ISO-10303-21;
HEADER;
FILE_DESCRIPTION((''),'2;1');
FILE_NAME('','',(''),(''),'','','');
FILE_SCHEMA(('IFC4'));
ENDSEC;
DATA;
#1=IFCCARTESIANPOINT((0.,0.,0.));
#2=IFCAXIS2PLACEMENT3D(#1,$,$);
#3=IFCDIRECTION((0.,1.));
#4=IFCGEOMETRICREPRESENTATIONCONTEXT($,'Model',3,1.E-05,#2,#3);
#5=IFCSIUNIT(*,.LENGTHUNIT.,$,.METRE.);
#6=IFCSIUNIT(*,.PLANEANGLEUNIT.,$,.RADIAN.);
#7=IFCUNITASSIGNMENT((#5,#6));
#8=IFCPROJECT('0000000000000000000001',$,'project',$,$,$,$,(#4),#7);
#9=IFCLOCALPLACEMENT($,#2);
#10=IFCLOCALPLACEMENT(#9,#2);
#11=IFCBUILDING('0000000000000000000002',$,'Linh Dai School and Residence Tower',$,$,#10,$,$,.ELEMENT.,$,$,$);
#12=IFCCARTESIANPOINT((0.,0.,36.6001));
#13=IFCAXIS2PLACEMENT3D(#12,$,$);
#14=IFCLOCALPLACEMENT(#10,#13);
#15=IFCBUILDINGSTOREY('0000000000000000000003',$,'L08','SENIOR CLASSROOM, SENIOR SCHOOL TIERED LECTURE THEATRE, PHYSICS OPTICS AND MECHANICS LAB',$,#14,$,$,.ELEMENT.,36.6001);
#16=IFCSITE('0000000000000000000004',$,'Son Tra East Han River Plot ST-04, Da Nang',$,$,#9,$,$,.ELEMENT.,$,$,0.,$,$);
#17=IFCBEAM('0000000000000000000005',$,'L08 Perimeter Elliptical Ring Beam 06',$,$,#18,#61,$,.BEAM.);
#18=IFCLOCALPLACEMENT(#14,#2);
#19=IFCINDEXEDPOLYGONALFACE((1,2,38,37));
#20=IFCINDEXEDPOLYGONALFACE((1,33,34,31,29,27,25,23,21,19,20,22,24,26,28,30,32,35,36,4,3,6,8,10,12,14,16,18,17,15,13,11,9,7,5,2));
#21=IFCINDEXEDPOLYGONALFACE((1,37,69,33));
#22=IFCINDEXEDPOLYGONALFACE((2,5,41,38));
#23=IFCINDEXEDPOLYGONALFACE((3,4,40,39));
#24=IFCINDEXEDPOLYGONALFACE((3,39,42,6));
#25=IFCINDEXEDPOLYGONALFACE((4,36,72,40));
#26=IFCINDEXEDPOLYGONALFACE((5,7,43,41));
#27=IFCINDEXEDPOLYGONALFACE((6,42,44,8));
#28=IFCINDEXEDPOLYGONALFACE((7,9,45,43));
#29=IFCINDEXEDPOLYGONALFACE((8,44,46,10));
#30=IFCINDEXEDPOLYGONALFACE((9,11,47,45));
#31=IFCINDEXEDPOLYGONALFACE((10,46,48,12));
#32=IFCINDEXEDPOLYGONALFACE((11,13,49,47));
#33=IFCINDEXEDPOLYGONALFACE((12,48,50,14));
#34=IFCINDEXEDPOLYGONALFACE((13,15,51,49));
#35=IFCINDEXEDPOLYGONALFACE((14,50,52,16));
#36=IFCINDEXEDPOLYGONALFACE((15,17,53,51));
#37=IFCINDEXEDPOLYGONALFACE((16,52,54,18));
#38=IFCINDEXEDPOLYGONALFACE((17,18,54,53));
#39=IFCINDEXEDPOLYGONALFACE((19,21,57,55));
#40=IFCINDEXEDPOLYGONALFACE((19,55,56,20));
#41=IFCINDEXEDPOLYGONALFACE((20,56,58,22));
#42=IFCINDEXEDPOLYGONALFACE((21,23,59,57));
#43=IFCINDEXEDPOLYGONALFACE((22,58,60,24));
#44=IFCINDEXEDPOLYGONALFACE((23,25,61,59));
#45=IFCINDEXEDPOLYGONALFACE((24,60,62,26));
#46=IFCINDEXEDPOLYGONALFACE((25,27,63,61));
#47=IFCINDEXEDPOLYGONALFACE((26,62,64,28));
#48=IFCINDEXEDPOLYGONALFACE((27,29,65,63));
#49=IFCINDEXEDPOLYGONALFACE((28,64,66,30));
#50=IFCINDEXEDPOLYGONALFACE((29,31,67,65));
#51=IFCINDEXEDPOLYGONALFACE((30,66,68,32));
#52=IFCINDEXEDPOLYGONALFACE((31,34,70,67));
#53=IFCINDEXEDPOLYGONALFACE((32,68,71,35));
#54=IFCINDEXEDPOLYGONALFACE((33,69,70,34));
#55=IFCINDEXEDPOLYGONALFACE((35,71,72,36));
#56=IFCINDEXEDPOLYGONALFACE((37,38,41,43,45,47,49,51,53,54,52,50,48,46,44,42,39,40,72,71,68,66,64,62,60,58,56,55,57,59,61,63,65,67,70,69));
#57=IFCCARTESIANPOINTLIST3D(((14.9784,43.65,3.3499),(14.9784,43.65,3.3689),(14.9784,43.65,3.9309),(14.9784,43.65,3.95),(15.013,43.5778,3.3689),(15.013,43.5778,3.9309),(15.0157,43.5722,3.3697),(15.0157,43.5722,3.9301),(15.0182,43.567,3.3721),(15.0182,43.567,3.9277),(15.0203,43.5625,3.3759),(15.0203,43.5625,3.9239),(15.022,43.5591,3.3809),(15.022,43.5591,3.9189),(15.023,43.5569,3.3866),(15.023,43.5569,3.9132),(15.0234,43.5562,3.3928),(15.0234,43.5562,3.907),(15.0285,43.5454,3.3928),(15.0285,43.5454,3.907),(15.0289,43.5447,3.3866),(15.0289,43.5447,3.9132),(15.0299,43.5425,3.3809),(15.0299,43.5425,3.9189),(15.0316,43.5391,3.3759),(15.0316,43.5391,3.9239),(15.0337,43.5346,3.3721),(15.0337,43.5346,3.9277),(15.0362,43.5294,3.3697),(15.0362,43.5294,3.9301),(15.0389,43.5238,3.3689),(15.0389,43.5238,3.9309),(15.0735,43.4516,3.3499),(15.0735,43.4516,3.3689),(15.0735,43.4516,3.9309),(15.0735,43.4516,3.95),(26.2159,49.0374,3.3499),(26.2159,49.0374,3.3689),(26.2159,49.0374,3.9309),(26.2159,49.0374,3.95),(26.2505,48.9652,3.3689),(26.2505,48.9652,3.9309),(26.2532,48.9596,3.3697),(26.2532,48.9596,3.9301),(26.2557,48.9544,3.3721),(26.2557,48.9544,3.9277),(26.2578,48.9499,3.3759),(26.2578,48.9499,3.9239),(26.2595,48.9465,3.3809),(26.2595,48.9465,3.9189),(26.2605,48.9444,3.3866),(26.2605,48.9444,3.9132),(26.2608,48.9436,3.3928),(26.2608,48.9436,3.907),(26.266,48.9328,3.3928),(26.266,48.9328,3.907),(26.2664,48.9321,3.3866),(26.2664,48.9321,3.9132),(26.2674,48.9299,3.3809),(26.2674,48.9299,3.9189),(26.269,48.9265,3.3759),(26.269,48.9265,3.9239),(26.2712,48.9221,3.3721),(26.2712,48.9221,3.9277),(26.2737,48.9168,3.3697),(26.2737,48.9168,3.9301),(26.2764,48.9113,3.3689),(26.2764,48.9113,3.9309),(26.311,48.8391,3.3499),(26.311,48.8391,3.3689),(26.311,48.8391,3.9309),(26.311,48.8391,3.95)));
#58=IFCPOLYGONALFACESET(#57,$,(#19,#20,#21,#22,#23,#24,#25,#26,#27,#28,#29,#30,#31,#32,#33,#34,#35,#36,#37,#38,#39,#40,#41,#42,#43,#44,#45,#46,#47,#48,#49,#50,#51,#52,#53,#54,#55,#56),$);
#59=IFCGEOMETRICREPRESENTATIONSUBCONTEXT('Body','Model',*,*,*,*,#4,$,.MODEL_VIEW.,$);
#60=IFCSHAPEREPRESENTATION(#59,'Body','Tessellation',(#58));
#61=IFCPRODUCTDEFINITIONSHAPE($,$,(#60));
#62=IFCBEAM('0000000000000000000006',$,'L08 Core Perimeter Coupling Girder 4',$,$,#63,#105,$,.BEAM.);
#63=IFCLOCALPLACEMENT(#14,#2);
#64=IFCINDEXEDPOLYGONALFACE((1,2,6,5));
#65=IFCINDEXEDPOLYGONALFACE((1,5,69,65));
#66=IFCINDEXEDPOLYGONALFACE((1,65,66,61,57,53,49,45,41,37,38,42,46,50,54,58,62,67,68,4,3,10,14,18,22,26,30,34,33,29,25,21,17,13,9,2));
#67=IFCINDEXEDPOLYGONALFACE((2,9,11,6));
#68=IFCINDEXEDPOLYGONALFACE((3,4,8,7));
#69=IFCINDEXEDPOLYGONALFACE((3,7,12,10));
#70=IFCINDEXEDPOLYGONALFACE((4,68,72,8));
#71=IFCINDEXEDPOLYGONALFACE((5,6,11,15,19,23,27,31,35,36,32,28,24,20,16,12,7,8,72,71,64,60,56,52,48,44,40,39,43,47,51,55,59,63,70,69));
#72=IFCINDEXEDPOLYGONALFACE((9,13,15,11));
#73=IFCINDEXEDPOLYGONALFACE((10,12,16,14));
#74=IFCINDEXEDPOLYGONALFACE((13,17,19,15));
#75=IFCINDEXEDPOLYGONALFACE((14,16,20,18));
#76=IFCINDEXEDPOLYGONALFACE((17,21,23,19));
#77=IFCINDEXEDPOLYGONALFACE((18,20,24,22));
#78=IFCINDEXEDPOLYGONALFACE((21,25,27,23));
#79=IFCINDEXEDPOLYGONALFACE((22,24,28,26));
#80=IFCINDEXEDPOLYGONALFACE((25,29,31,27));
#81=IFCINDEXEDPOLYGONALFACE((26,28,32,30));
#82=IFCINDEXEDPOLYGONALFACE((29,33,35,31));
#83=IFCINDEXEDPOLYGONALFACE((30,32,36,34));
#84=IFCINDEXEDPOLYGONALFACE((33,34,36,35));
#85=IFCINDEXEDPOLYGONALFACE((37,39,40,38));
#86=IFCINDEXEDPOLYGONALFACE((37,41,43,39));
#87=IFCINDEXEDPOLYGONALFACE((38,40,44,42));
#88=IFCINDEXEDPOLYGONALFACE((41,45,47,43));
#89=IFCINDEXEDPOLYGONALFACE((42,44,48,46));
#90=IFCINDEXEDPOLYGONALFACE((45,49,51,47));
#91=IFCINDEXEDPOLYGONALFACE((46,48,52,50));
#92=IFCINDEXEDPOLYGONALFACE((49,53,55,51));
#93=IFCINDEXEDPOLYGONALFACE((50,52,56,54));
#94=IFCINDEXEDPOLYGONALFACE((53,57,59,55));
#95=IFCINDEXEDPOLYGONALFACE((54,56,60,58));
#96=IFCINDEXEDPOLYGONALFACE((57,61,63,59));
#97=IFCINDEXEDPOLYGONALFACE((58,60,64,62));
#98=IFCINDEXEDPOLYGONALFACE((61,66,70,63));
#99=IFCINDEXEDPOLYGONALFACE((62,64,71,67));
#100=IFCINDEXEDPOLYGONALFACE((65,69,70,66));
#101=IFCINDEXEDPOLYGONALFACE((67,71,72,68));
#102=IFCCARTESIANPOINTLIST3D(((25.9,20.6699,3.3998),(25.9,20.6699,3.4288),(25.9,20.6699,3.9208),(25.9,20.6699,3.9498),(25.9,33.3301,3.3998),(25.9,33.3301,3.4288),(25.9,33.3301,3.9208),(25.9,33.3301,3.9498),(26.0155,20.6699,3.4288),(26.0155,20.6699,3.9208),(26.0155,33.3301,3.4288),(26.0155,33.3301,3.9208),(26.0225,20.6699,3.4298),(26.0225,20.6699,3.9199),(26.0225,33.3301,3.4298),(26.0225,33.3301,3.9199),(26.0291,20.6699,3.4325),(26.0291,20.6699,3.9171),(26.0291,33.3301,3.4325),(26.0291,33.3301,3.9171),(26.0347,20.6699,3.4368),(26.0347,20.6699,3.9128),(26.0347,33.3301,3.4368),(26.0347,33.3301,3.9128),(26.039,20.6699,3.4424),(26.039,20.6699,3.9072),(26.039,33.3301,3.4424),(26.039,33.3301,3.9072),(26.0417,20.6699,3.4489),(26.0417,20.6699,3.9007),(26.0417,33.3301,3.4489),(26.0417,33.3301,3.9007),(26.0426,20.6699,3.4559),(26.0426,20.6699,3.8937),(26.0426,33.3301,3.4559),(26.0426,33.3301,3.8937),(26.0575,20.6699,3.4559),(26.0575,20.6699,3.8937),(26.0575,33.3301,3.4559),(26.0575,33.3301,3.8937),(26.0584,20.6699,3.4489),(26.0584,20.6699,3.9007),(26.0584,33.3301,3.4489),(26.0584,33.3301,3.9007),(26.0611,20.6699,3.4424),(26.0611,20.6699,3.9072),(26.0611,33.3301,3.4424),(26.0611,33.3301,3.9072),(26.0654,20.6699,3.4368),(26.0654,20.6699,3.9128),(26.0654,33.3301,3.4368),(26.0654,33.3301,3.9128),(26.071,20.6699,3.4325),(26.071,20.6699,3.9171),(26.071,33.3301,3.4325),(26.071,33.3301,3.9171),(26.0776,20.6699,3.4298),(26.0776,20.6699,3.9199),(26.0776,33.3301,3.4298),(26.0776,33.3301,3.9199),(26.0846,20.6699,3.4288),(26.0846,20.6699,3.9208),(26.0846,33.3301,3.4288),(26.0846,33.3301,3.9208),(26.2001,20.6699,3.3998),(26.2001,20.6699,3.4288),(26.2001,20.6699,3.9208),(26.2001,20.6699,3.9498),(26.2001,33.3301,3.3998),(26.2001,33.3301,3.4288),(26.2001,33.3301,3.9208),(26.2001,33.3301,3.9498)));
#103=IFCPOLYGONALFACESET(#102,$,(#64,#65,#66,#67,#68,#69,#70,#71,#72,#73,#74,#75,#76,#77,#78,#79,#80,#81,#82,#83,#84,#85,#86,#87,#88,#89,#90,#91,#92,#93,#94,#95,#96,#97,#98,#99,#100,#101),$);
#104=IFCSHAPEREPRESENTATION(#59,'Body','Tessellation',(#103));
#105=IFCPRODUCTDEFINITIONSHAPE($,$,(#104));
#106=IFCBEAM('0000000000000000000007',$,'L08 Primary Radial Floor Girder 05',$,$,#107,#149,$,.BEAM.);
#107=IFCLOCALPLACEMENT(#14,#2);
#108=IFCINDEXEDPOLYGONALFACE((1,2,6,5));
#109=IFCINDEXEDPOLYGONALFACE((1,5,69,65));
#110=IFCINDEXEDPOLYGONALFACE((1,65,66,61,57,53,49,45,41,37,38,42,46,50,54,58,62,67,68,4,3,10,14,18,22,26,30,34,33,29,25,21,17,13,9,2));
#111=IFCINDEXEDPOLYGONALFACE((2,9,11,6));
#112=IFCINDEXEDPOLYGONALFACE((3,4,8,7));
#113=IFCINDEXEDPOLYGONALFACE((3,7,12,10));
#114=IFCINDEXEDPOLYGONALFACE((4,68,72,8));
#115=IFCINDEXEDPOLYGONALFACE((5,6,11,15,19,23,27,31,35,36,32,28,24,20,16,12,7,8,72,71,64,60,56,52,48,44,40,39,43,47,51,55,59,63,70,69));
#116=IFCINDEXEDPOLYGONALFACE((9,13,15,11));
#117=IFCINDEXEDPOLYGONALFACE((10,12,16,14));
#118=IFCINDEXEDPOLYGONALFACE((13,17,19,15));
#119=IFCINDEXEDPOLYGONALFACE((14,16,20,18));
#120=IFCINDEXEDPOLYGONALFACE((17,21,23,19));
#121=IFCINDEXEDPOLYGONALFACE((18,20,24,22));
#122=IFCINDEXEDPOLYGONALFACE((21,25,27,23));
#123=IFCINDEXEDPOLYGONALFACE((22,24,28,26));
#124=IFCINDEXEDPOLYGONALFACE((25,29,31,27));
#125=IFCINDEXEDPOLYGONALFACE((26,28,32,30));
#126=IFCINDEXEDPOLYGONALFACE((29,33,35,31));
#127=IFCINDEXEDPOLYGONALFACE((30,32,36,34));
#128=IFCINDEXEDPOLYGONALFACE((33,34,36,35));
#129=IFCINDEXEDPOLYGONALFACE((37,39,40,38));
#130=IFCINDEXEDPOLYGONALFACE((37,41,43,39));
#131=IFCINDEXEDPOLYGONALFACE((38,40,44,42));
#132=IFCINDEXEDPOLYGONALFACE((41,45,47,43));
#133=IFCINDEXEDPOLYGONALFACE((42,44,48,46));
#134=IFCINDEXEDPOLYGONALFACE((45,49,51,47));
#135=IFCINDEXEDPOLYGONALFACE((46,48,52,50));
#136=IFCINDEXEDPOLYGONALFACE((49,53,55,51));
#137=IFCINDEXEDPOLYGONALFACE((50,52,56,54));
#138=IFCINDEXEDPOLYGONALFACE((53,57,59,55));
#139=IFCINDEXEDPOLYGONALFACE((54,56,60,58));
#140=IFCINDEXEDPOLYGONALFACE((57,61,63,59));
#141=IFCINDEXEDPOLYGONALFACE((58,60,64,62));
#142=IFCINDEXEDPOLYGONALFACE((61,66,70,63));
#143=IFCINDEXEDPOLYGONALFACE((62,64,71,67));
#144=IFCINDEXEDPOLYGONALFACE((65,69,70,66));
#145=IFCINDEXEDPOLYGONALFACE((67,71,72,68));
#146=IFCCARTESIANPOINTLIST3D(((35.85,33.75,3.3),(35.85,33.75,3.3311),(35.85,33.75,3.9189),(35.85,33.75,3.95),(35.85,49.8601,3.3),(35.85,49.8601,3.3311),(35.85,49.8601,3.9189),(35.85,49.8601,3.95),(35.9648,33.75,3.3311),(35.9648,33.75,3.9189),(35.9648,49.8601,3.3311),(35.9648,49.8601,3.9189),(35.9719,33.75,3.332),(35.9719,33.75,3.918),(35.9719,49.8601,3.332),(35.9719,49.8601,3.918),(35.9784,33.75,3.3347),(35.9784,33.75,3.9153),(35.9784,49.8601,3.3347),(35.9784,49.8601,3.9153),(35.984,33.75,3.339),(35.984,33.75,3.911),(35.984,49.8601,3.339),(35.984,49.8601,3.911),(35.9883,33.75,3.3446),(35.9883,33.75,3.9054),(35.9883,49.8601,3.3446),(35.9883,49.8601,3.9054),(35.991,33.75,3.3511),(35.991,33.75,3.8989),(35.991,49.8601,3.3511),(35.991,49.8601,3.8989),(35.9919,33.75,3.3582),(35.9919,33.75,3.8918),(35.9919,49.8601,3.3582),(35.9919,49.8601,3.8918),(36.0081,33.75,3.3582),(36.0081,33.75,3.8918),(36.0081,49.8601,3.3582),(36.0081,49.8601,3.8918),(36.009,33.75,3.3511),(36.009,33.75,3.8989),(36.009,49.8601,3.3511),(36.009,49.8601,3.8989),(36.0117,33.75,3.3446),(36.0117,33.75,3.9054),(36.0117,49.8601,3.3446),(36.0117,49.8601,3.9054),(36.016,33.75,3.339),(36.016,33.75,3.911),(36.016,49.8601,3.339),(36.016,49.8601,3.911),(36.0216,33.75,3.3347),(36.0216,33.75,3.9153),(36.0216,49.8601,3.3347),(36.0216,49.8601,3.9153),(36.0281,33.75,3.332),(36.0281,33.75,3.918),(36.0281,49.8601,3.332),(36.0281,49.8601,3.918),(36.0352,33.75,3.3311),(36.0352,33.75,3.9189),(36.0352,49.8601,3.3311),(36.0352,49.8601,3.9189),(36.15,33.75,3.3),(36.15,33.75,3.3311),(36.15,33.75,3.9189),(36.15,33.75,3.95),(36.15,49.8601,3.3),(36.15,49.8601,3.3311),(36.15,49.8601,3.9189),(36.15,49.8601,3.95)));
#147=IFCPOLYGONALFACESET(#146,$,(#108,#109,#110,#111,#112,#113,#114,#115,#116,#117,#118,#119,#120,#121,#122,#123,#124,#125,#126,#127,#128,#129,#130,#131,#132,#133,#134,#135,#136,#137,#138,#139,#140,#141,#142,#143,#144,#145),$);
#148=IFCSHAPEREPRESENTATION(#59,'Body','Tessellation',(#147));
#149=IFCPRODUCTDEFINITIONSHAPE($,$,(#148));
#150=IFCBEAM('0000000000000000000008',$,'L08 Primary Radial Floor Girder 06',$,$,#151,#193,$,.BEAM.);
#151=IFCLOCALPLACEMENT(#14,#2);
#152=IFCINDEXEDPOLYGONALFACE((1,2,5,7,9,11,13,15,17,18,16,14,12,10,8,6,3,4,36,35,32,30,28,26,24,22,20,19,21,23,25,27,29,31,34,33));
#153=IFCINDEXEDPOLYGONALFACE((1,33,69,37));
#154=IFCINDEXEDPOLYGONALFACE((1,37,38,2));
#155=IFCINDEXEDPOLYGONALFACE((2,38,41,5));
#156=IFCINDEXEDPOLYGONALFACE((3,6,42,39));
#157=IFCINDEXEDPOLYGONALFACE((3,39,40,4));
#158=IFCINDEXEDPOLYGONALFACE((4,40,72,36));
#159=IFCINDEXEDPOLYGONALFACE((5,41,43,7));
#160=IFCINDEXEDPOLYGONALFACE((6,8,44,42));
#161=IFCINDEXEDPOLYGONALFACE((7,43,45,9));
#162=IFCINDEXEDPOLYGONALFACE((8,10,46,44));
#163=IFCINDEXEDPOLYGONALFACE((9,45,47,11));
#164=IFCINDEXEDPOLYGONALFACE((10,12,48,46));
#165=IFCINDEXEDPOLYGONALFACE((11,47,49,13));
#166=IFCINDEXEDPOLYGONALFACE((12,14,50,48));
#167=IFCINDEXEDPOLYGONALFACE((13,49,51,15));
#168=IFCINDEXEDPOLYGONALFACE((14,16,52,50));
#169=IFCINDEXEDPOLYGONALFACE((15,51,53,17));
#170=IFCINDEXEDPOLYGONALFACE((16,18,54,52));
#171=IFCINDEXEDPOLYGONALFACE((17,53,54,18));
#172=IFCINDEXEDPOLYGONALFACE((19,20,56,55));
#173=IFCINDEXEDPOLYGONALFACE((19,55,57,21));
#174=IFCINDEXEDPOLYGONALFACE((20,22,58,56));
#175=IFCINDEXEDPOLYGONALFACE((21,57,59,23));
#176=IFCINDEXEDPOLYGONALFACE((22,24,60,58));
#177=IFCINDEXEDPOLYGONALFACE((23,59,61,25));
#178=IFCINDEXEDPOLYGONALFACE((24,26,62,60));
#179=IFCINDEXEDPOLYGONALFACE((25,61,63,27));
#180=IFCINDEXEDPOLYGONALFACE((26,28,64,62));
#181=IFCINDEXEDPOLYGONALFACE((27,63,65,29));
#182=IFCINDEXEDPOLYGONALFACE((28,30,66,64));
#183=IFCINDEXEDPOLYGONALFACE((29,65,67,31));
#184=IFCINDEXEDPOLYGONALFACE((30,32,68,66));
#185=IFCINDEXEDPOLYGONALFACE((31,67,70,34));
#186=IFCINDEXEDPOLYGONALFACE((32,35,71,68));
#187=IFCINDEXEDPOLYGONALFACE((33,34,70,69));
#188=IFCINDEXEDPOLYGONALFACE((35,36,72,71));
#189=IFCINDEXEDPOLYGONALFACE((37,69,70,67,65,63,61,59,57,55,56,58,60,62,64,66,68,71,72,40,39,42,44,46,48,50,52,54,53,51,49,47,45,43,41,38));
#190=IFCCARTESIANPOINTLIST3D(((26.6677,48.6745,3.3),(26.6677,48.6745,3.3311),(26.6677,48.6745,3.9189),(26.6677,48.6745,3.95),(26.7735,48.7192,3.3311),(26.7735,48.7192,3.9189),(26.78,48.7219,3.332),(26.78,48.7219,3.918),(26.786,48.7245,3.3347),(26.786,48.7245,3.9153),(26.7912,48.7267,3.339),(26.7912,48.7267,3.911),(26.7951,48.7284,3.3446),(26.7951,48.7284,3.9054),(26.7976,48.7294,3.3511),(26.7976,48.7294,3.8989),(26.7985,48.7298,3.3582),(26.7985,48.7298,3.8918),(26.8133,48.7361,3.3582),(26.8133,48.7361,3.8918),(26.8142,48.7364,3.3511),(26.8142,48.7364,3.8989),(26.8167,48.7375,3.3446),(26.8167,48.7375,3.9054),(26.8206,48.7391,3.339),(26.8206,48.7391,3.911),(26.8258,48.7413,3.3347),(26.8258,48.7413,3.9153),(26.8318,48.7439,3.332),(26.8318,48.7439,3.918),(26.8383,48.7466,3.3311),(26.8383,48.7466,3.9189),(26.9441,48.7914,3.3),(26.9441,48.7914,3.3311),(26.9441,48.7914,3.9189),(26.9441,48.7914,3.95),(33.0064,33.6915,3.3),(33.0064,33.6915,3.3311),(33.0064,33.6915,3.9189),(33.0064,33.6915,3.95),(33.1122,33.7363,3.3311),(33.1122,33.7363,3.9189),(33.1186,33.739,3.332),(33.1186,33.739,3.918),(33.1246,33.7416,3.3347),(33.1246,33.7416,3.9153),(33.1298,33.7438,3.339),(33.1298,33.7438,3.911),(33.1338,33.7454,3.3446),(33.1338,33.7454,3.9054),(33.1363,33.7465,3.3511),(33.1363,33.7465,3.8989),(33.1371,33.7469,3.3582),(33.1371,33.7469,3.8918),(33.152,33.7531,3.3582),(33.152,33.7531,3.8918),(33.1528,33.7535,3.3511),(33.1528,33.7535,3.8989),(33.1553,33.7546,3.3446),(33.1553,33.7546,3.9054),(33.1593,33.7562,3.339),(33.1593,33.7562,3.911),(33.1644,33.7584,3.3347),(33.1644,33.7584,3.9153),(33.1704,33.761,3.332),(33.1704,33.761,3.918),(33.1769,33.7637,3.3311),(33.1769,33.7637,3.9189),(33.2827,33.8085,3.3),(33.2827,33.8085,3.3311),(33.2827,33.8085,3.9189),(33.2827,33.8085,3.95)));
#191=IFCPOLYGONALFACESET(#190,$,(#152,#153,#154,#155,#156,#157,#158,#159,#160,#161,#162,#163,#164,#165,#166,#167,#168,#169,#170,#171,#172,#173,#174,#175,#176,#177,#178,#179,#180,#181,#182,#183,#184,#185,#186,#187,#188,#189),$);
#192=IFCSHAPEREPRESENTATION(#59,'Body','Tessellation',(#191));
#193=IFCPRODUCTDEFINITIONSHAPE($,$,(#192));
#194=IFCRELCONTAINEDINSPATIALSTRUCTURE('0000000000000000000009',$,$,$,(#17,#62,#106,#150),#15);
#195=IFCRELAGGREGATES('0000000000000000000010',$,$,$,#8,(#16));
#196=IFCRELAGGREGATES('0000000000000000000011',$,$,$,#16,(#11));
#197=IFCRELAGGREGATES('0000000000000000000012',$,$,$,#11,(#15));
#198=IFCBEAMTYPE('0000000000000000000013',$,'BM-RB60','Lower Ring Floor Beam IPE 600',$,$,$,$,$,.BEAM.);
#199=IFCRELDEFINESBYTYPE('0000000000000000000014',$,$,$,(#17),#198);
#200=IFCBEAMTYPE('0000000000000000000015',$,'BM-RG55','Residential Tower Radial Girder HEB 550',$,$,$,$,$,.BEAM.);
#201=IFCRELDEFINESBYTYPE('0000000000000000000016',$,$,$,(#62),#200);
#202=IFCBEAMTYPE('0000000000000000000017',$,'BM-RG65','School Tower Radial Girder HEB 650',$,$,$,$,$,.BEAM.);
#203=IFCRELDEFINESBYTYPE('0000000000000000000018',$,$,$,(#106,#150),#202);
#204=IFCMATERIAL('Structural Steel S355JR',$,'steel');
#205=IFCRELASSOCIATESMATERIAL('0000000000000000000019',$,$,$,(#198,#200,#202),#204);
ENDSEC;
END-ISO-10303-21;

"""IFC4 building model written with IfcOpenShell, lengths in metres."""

from ifc_helpers import new_model, si_unit, direction, frame, origin, origin_2d, place, context, subcontext, project, spatial, i_section, extrude, material, material_profile, profile_set, type_object, element, save


model = new_model("IFC4")

# Units and contexts
model_context = context("Model", 3, precision=1e-05, world=origin(), true_north=direction((0.0, 1.0)))
body_context = subcontext(model_context, "Body", "Model", "MODEL_VIEW")
ifc_project = project(units=[si_unit("LENGTHUNIT", "METRE"), si_unit("PLANEANGLEUNIT", "RADIAN")], contexts=[model_context])

# Site, building, storey
site_placement = place(None, origin())
site = spatial("IfcSite", under=ifc_project, at=site_placement, Name="Son Tra East Han River Plot ST-04, Da Nang", CompositionType="ELEMENT", RefElevation=0.0)
building_placement = place(site_placement, origin())
building = spatial("IfcBuilding", under=site, at=building_placement, Name="Linh Dai School and Residence Tower", CompositionType="ELEMENT")
storey_placement = place(building_placement, frame((0.0, 0.0, 36.6001)))
storey = spatial("IfcBuildingStorey", under=building, at=storey_placement, Name="L08", Description="SENIOR CLASSROOM, SENIOR SCHOOL TIERED LECTURE THEATRE, PHYSICS OPTICS AND MECHANICS LAB", CompositionType="ELEMENT", Elevation=36.6001)

# Shared definitions
ifc_material_1 = material(Name="Structural Steel S355JR", Category="steel")

# Beams
ifc_material_profile_1 = material_profile(ifc_material_1, i_section(OverallWidth=0.22, OverallDepth=0.6001, WebThickness=0.012, FlangeThickness=0.019, FilletRadius=0.0239, at=origin_2d()), Name="IPE 600")
ifc_profile_set_1 = profile_set([ifc_material_profile_1], Name="Structural Steel S355JR")
beam_type_1 = type_object("IfcBeamType", Name="BM-RB60", Description="Lower Ring Floor Beam IPE 600", PredefinedType="BEAM", material=ifc_profile_set_1)
beam_1_placement = place(storey_placement, frame((26.2634, 48.9382, 3.6499), z_axis=(-0.901729, -0.432302, 0.0), x_axis=(0.432302, -0.901729, 0.0)))
element("IfcBeam", 1, at=beam_1_placement, inside=storey, type_object=beam_type_1, Name="L08 Perimeter Elliptical Ring Beam 06", PredefinedType="BEAM", context=body_context, shape_type="SweptSolid", body=[
    extrude(i_section(OverallWidth=0.22, OverallDepth=0.6001, WebThickness=0.012, FlangeThickness=0.019, FilletRadius=0.0239, at=origin_2d()), origin(), (0.0, 0.0, 1.0), 12.4622),
])
ifc_material_profile_2 = material_profile(ifc_material_1, i_section(OverallWidth=0.3, OverallDepth=0.55, WebThickness=0.0149, FlangeThickness=0.0291, FilletRadius=0.0271, at=origin_2d()), Name="HEB 550")
ifc_profile_set_2 = profile_set([ifc_material_profile_2], Name="Structural Steel S355JR")
beam_type_2 = type_object("IfcBeamType", Name="BM-RG55", Description="Residential Tower Radial Girder HEB 550", PredefinedType="BEAM", material=ifc_profile_set_2)
beam_2_placement = place(storey_placement, frame((26.05, 33.3301, 3.6748), z_axis=(0.0, -1.0, 0.0), x_axis=(1.0, 0.0, 0.0)))
element("IfcBeam", 2, at=beam_2_placement, inside=storey, type_object=beam_type_2, Name="L08 Core Perimeter Coupling Girder 4", PredefinedType="BEAM", context=body_context, shape_type="SweptSolid", body=[
    extrude(i_section(OverallWidth=0.3, OverallDepth=0.55, WebThickness=0.0149, FlangeThickness=0.0291, FilletRadius=0.0271, at=origin_2d()), origin(), (0.0, 0.0, 1.0), 12.6602),
])
ifc_material_profile_3 = material_profile(ifc_material_1, i_section(OverallWidth=0.3, OverallDepth=0.6499, WebThickness=0.0161, FlangeThickness=0.031, FilletRadius=0.0271, at=origin_2d()), Name="HEB 650")
ifc_profile_set_3 = profile_set([ifc_material_profile_3], Name="Structural Steel S355JR")
beam_type_3 = type_object("IfcBeamType", Name="BM-RG65", Description="School Tower Radial Girder HEB 650", PredefinedType="BEAM", material=ifc_profile_set_3)
beam_3_placement = place(storey_placement, frame((36.0, 33.75, 3.625), z_axis=(0.0, 1.0, 0.0), x_axis=(-1.0, 0.0, 0.0)))
element("IfcBeam", 3, at=beam_3_placement, inside=storey, type_object=beam_type_3, Name="L08 Primary Radial Floor Girder 05", PredefinedType="BEAM", context=body_context, shape_type="SweptSolid", body=[
    extrude(i_section(OverallWidth=0.3, OverallDepth=0.6499, WebThickness=0.0161, FlangeThickness=0.031, FilletRadius=0.0271, at=origin_2d()), origin(), (0.0, 0.0, 1.0), 16.1101),
])
beam_4_placement = place(storey_placement, frame((33.1445, 33.75, 3.625), z_axis=(-0.389624, 0.920974, 0.0), x_axis=(-0.920974, -0.389624, 0.0)))
element("IfcBeam", 4, at=beam_4_placement, inside=storey, type_object=beam_type_3, Name="L08 Primary Radial Floor Girder 06", PredefinedType="BEAM", context=body_context, shape_type="SweptSolid", body=[
    extrude(i_section(OverallWidth=0.3, OverallDepth=0.6499, WebThickness=0.0161, FlangeThickness=0.031, FilletRadius=0.0271, at=origin_2d()), origin(), (0.0, 0.0, 1.0), 16.2686),
])

save(model, "model.ifc")
